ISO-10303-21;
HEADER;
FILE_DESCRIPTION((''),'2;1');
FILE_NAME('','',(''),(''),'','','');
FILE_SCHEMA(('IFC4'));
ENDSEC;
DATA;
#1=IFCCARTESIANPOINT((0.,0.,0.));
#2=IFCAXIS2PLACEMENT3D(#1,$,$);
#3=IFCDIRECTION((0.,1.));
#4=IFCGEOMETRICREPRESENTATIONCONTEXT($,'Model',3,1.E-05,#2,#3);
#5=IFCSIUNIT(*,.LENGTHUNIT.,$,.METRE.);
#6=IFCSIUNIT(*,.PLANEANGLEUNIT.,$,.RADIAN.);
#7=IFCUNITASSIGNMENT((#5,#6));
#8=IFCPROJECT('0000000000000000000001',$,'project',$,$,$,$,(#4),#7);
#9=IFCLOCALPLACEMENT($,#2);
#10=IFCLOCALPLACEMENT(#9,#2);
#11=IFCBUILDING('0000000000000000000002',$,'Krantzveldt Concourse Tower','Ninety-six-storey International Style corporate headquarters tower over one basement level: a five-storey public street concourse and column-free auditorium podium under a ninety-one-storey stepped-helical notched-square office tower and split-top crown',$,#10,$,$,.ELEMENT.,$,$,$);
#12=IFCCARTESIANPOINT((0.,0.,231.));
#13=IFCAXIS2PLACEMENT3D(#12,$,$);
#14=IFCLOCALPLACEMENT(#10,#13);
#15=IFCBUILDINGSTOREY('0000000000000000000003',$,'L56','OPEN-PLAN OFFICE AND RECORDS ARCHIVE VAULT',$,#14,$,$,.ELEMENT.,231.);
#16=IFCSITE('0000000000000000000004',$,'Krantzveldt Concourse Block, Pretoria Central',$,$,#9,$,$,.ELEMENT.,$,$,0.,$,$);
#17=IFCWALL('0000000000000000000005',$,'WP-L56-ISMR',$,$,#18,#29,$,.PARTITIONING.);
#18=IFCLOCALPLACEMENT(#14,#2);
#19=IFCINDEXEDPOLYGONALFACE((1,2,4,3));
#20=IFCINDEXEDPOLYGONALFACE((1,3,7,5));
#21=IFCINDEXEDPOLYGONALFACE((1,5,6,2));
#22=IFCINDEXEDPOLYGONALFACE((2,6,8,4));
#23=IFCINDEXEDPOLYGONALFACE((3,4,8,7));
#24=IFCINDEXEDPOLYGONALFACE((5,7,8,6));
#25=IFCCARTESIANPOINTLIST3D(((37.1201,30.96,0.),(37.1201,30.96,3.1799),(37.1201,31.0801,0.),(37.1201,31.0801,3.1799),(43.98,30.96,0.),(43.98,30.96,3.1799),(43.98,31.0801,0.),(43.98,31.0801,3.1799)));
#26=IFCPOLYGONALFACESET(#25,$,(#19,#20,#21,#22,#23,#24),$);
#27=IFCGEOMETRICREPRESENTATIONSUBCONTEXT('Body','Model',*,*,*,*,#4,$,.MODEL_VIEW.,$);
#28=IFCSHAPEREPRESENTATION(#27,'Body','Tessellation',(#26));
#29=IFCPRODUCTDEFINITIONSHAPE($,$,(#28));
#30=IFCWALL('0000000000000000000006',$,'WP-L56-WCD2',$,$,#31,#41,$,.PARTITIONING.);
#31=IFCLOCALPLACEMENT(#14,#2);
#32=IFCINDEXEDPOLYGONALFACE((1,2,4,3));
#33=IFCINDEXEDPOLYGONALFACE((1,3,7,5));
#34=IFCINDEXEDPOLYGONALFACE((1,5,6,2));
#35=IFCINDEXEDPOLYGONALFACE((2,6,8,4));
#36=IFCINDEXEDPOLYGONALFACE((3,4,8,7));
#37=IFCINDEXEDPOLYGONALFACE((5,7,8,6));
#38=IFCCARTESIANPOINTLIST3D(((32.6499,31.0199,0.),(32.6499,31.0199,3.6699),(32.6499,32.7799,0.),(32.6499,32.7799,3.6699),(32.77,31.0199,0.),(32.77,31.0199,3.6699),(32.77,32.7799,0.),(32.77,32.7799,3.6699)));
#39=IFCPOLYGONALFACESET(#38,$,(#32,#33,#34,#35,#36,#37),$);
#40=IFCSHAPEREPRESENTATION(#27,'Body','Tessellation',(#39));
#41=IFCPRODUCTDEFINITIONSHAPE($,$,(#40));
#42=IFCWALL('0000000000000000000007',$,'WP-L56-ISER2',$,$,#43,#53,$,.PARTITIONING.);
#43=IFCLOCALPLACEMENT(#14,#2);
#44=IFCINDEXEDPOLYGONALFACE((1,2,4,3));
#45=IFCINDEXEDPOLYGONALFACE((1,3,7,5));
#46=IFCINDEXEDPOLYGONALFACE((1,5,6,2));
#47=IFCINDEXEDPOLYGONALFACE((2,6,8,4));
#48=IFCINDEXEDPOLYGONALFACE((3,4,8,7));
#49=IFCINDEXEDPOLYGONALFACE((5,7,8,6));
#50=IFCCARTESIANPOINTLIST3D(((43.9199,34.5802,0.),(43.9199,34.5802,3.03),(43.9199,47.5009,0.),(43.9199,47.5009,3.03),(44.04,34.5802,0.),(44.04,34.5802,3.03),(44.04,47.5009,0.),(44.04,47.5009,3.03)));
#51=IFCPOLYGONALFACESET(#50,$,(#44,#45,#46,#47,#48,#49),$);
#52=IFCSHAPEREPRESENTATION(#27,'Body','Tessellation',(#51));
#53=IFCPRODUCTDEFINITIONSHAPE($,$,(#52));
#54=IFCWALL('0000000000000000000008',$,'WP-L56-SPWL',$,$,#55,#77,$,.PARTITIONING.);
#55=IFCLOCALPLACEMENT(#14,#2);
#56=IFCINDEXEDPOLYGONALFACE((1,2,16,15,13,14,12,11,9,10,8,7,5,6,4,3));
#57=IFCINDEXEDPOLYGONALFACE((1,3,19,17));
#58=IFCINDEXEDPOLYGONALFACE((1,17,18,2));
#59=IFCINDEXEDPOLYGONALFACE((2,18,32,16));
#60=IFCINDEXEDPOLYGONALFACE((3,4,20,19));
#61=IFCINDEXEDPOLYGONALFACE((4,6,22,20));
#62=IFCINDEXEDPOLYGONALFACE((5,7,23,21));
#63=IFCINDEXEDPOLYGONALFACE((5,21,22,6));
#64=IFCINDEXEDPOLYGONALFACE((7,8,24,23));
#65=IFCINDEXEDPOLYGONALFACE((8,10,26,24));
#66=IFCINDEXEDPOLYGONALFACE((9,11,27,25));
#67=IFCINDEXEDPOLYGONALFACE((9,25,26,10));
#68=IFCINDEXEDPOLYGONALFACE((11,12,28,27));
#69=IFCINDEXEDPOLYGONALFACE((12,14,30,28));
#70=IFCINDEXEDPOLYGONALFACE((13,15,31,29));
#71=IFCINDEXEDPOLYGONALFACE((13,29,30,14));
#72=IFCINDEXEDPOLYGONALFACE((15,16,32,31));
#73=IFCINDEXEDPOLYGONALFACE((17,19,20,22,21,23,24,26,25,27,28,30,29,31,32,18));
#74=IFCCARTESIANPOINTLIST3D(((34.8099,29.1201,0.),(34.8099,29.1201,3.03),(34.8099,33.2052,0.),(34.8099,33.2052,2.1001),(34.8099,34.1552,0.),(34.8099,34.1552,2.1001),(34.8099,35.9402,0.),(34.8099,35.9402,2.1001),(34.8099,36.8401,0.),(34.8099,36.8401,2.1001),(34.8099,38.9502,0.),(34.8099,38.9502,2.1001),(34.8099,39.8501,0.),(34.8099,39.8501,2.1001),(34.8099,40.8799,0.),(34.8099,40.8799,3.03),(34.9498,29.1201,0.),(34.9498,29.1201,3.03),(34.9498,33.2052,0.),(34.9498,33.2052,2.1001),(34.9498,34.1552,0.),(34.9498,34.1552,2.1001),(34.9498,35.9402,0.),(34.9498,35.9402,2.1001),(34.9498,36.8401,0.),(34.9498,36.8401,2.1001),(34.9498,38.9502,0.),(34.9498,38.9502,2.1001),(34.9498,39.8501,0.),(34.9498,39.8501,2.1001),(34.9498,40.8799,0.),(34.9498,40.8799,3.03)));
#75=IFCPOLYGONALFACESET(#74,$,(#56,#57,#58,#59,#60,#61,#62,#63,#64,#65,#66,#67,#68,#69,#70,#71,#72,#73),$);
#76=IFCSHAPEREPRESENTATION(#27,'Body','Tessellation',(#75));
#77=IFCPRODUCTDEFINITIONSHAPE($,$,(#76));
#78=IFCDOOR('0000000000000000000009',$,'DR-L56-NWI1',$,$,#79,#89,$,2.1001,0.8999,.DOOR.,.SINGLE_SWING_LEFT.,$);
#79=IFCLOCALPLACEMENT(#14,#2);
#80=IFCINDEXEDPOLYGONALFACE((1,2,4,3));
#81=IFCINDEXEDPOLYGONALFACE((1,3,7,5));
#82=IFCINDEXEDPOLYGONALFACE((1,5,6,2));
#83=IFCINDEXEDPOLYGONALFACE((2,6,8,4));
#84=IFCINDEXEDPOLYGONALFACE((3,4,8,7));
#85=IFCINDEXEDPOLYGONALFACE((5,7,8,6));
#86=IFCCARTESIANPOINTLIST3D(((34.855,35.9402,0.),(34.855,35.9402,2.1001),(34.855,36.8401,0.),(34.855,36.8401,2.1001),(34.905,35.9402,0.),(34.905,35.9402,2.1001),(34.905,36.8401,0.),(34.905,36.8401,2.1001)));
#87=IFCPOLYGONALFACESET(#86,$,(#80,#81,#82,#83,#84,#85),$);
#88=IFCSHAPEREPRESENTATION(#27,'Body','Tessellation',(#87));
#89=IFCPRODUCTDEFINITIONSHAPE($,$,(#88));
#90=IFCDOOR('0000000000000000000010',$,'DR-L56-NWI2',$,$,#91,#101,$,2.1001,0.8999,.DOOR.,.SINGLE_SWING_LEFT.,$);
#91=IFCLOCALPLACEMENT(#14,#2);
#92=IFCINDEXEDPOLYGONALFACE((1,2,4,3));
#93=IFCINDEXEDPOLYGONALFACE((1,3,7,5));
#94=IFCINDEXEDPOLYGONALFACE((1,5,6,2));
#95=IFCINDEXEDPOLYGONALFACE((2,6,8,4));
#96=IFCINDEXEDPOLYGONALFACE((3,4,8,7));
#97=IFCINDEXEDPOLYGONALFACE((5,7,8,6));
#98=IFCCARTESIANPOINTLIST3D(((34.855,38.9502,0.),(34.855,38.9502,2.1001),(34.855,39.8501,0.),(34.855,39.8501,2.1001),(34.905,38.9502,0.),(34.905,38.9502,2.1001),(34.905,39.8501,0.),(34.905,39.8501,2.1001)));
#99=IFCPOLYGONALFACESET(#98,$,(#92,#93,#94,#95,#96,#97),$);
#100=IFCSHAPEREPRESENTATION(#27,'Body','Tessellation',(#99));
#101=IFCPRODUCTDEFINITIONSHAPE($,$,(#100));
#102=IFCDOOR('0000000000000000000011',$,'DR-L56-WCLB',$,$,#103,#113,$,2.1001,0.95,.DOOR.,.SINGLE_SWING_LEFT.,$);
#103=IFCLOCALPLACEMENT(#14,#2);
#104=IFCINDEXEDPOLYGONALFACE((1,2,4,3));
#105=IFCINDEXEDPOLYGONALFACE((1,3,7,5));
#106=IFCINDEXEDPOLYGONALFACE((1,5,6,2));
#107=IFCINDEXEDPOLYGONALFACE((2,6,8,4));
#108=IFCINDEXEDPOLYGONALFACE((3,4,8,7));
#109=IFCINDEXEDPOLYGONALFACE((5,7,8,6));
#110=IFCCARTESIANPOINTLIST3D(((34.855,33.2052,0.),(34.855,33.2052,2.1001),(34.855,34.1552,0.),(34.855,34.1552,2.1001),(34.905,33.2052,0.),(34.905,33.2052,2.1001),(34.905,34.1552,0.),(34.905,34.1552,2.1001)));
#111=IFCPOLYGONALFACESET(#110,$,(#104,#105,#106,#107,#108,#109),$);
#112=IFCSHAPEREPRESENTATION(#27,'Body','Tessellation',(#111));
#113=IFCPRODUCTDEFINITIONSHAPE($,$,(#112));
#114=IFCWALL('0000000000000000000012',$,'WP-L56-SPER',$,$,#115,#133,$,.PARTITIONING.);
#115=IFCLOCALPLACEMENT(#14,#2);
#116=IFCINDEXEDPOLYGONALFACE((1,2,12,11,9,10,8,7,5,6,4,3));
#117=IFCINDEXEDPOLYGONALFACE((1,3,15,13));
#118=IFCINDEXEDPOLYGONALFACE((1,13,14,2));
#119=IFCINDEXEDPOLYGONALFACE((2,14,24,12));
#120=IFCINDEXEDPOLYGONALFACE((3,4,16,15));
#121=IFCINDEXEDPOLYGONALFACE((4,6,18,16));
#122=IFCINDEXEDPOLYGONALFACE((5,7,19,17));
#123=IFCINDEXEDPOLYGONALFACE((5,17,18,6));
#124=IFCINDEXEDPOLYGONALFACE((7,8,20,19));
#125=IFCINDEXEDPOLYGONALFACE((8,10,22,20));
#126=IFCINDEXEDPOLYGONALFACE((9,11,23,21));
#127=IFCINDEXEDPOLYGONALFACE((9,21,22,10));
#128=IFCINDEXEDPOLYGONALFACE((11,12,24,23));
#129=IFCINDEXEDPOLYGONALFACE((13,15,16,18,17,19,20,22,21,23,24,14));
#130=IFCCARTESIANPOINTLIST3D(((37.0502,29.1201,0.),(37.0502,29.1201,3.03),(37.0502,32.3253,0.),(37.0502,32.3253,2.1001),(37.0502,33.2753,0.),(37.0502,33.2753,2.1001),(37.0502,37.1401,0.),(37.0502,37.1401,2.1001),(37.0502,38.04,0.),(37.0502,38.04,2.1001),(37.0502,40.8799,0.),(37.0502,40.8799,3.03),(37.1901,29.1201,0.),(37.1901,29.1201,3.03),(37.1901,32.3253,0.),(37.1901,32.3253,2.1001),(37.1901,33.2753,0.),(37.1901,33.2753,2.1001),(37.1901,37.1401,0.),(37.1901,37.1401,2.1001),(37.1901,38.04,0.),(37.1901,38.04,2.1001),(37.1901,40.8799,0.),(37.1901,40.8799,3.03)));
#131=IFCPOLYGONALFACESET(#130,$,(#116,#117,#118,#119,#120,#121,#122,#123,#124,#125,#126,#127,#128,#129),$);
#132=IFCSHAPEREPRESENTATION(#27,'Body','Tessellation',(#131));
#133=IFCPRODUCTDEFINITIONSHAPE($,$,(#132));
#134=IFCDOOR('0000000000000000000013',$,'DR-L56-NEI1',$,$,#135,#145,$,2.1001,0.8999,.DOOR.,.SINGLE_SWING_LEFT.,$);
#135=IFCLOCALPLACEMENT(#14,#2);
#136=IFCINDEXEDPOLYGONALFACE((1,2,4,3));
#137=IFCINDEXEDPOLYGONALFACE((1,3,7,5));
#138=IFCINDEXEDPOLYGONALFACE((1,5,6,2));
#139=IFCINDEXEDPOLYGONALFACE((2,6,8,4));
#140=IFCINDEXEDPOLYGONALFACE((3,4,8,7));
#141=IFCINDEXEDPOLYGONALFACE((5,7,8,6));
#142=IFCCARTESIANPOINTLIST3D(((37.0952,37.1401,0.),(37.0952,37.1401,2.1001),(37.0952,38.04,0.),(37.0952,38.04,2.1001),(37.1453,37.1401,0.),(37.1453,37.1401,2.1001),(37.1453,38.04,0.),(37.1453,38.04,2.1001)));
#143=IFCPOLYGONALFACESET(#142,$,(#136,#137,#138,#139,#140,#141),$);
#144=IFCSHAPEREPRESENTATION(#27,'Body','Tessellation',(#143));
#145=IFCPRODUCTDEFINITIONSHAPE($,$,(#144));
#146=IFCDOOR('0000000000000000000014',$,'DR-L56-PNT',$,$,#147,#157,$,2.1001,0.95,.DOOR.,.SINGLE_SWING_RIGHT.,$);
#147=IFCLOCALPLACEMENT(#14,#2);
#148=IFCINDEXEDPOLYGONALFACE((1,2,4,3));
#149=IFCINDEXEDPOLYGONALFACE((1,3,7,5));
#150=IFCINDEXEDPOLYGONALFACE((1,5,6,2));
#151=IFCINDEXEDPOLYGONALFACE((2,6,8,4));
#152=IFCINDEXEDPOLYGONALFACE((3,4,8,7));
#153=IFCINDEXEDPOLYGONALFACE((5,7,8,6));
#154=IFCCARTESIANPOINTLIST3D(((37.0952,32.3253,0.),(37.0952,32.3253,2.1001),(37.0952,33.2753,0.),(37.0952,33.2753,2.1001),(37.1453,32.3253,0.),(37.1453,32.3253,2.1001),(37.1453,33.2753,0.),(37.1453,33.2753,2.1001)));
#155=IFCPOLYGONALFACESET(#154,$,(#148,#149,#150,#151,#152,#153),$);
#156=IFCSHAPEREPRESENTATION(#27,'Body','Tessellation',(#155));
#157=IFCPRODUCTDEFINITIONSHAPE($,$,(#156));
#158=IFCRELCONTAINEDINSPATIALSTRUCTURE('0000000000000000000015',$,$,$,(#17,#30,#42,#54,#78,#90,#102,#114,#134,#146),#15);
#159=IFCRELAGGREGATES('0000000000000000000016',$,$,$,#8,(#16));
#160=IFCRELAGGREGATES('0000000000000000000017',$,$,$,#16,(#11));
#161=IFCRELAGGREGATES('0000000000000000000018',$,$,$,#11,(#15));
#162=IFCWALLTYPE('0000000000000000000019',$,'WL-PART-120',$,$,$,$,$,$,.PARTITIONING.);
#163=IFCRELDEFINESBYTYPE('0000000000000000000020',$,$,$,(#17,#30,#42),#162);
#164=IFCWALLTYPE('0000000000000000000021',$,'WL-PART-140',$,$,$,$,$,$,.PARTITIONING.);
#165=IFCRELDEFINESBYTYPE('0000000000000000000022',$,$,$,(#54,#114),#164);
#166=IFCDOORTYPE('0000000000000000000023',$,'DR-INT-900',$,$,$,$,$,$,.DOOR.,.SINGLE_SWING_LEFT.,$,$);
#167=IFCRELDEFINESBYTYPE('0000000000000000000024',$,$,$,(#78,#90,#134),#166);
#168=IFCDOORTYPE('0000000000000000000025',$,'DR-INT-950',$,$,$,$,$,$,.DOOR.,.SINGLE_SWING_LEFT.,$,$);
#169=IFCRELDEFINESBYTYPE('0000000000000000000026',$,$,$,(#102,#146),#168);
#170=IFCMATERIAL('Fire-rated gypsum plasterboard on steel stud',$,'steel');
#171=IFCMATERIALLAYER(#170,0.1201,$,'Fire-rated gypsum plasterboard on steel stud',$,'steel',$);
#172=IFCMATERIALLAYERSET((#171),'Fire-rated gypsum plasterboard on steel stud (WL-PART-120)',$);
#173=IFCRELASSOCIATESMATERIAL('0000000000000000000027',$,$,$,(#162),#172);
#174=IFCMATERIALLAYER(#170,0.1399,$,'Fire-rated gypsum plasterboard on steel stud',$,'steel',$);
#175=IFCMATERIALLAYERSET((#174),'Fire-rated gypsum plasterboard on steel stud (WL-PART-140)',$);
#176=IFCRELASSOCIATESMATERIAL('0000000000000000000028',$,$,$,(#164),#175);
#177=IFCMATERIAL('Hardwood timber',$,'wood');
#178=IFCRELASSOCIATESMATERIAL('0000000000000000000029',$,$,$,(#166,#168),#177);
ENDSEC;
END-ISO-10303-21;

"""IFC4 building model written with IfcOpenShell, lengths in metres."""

from ifc_helpers import new_model, si_unit, direction, frame, frame_2d, origin, place, context, subcontext, project, spatial, rectangle, extrude, material, layer, layer_set, type_object, element, fill, save


model = new_model("IFC4")

# Units and contexts
model_context = context("Model", 3, precision=1e-05, world=origin(), true_north=direction((0.0, 1.0)))
body_context = subcontext(model_context, "Body", "Model", "MODEL_VIEW")
ifc_project = project(units=[si_unit("LENGTHUNIT", "METRE"), si_unit("PLANEANGLEUNIT", "RADIAN")], contexts=[model_context])

# Site, building, storey
site_placement = place(None, origin())
site = spatial("IfcSite", under=ifc_project, at=site_placement, Name="Krantzveldt Concourse Block, Pretoria Central", CompositionType="ELEMENT", RefElevation=0.0)
building_placement = place(site_placement, origin())
building = spatial("IfcBuilding", under=site, at=building_placement, Name="Krantzveldt Concourse Tower", Description="Ninety-six-storey International Style corporate headquarters tower over one basement level: a five-storey public street concourse and column-free auditorium podium under a ninety-one-storey stepped-helical notched-square office tower and split-top crown", CompositionType="ELEMENT")
storey_placement = place(building_placement, frame((0.0, 0.0, 231.0)))
storey = spatial("IfcBuildingStorey", under=building, at=storey_placement, Name="L56", Description="OPEN-PLAN OFFICE AND RECORDS ARCHIVE VAULT", CompositionType="ELEMENT", Elevation=231.0)

# Walls
ifc_material_1 = material(Name="Fire-rated gypsum plasterboard on steel stud", Category="steel")
ifc_layer_1 = layer(ifc_material_1, 0.1201, Name="Fire-rated gypsum plasterboard on steel stud", Category="steel")
ifc_layer_set_1 = layer_set([ifc_layer_1], Name="Fire-rated gypsum plasterboard on steel stud (WL-PART-120)")
wall_type_1 = type_object("IfcWallType", Name="WL-PART-120", PredefinedType="PARTITIONING", material=ifc_layer_set_1)
wall_1_placement = place(storey_placement, frame((37.1201, 31.02, 0.0), z_axis=(0.0, 0.0, 1.0), x_axis=(1.0, 0.0, 0.0)))
element("IfcWall", 1, at=wall_1_placement, inside=storey, type_object=wall_type_1, Name="WP-L56-ISMR", PredefinedType="PARTITIONING", context=body_context, shape_type="SweptSolid", body=[
    extrude(rectangle(XDim=6.8599, YDim=0.1201, at=frame_2d((3.4299, 0.0))), origin(), (0.0, 0.0, 1.0), 3.1799),
])
wall_2_placement = place(storey_placement, frame((32.71, 31.02, 0.0), z_axis=(0.0, 0.0, 1.0), x_axis=(0.0, 1.0, 0.0)))
element("IfcWall", 2, at=wall_2_placement, inside=storey, type_object=wall_type_1, Name="WP-L56-WCD2", PredefinedType="PARTITIONING", context=body_context, shape_type="SweptSolid", body=[
    extrude(rectangle(XDim=1.76, YDim=0.1201, at=frame_2d((0.8799, 0.0))), origin(), (0.0, 0.0, 1.0), 3.6699),
])
wall_3_placement = place(storey_placement, frame((43.98, 34.5801, 0.0), z_axis=(0.0, 0.0, 1.0), x_axis=(0.0, 1.0, 0.0)))
element("IfcWall", 3, at=wall_3_placement, inside=storey, type_object=wall_type_1, Name="WP-L56-ISER2", PredefinedType="PARTITIONING", context=body_context, shape_type="SweptSolid", body=[
    extrude(rectangle(XDim=12.9207, YDim=0.1201, at=frame_2d((6.4604, 0.0))), origin(), (0.0, 0.0, 1.0), 3.03),
])

# Walls, openings, doors
ifc_layer_2 = layer(ifc_material_1, 0.1399, Name="Fire-rated gypsum plasterboard on steel stud", Category="steel")
ifc_layer_set_2 = layer_set([ifc_layer_2], Name="Fire-rated gypsum plasterboard on steel stud (WL-PART-140)")
wall_type_2 = type_object("IfcWallType", Name="WL-PART-140", PredefinedType="PARTITIONING", material=ifc_layer_set_2)
wall_4_placement = place(storey_placement, frame((34.8799, 29.1201, 0.0), z_axis=(0.0, 0.0, 1.0), x_axis=(0.0, 1.0, 0.0)))
wall_4 = element("IfcWall", 4, at=wall_4_placement, inside=storey, type_object=wall_type_2, Name="WP-L56-SPWL", PredefinedType="PARTITIONING", context=body_context, shape_type="SweptSolid", body=[
    extrude(rectangle(XDim=11.7598, YDim=0.1399, at=frame_2d((5.8799, 0.0))), origin(), (0.0, 0.0, 1.0), 3.03),
])
opening_1_placement = place(wall_4_placement, frame((4.085, 0.0, 0.0)))
opening_1 = element("IfcOpeningElement", 5, at=opening_1_placement, cuts=wall_4, PredefinedType="OPENING", context=body_context, shape_type="SweptSolid", body=[
    extrude(rectangle(XDim=0.95, YDim=2.1001, at=frame_2d((0.4751, 1.05))), frame((0.0, 0.0801, 0.0), z_axis=(0.0, -1.0, 0.0), x_axis=(1.0, 0.0, 0.0)), (0.0, 0.0, 1.0), 0.1599),
])
opening_2_placement = place(wall_4_placement, frame((6.8201, 0.0, 0.0)))
opening_2 = element("IfcOpeningElement", 6, at=opening_2_placement, cuts=wall_4, PredefinedType="OPENING", context=body_context, shape_type="SweptSolid", body=[
    extrude(rectangle(XDim=0.8999, YDim=2.1001, at=frame_2d((0.45, 1.05))), frame((0.0, 0.0801, 0.0), z_axis=(0.0, -1.0, 0.0), x_axis=(1.0, 0.0, 0.0)), (0.0, 0.0, 1.0), 0.1599),
])
opening_3_placement = place(wall_4_placement, frame((9.8301, 0.0, 0.0)))
opening_3 = element("IfcOpeningElement", 7, at=opening_3_placement, cuts=wall_4, PredefinedType="OPENING", context=body_context, shape_type="SweptSolid", body=[
    extrude(rectangle(XDim=0.8999, YDim=2.1001, at=frame_2d((0.45, 1.05))), frame((0.0, 0.0801, 0.0), z_axis=(0.0, -1.0, 0.0), x_axis=(1.0, 0.0, 0.0)), (0.0, 0.0, 1.0), 0.1599),
])
ifc_material_2 = material(Name="Hardwood timber", Category="wood")
door_type_1 = type_object("IfcDoorType", Name="DR-INT-900", OperationType="SINGLE_SWING_LEFT", PredefinedType="DOOR", material=ifc_material_2)
door_1_placement = place(opening_2_placement, origin())
door_1 = element("IfcDoor", 8, at=door_1_placement, inside=storey, type_object=door_type_1, Name="DR-L56-NWI1", OperationType="SINGLE_SWING_LEFT", OverallHeight=2.1001, OverallWidth=0.8999, PredefinedType="DOOR", context=body_context, shape_type="SweptSolid", body=[
    extrude(rectangle(XDim=0.8999, YDim=2.1001, at=frame_2d((0.45, 1.05))), frame((0.0, 0.0249, 0.0), z_axis=(0.0, -1.0, 0.0), x_axis=(1.0, 0.0, 0.0)), (0.0, 0.0, 1.0), 0.05),
])
fill(opening_2, door_1)
door_2_placement = place(opening_3_placement, origin())
door_2 = element("IfcDoor", 9, at=door_2_placement, inside=storey, type_object=door_type_1, Name="DR-L56-NWI2", OperationType="SINGLE_SWING_LEFT", OverallHeight=2.1001, OverallWidth=0.8999, PredefinedType="DOOR", context=body_context, shape_type="SweptSolid", body=[
    extrude(rectangle(XDim=0.8999, YDim=2.1001, at=frame_2d((0.45, 1.05))), frame((0.0, 0.0249, 0.0), z_axis=(0.0, -1.0, 0.0), x_axis=(1.0, 0.0, 0.0)), (0.0, 0.0, 1.0), 0.05),
])
fill(opening_3, door_2)
door_type_2 = type_object("IfcDoorType", Name="DR-INT-950", OperationType="SINGLE_SWING_LEFT", PredefinedType="DOOR", material=ifc_material_2)
door_3_placement = place(opening_1_placement, origin())
door_3 = element("IfcDoor", 10, at=door_3_placement, inside=storey, type_object=door_type_2, Name="DR-L56-WCLB", OperationType="SINGLE_SWING_LEFT", OverallHeight=2.1001, OverallWidth=0.95, PredefinedType="DOOR", context=body_context, shape_type="SweptSolid", body=[
    extrude(rectangle(XDim=0.95, YDim=2.1001, at=frame_2d((0.4751, 1.05))), frame((0.0, 0.0249, 0.0), z_axis=(0.0, -1.0, 0.0), x_axis=(1.0, 0.0, 0.0)), (0.0, 0.0, 1.0), 0.05),
])
fill(opening_1, door_3)
wall_5_placement = place(storey_placement, frame((37.1201, 29.1201, 0.0), z_axis=(0.0, 0.0, 1.0), x_axis=(0.0, 1.0, 0.0)))
wall_5 = element("IfcWall", 11, at=wall_5_placement, inside=storey, type_object=wall_type_2, Name="WP-L56-SPER", PredefinedType="PARTITIONING", context=body_context, shape_type="SweptSolid", body=[
    extrude(rectangle(XDim=11.7598, YDim=0.1399, at=frame_2d((5.8799, 0.0))), origin(), (0.0, 0.0, 1.0), 3.03),
])
opening_4_placement = place(wall_5_placement, frame((3.2051, 0.0, 0.0)))
opening_4 = element("IfcOpeningElement", 12, at=opening_4_placement, cuts=wall_5, PredefinedType="OPENING", context=body_context, shape_type="SweptSolid", body=[
    extrude(rectangle(XDim=0.95, YDim=2.1001, at=frame_2d((0.4751, 1.05))), frame((0.0, 0.0801, 0.0), z_axis=(0.0, -1.0, 0.0), x_axis=(1.0, 0.0, 0.0)), (0.0, 0.0, 1.0), 0.1599),
])
opening_5_placement = place(wall_5_placement, frame((8.02, 0.0, 0.0)))
opening_5 = element("IfcOpeningElement", 13, at=opening_5_placement, cuts=wall_5, PredefinedType="OPENING", context=body_context, shape_type="SweptSolid", body=[
    extrude(rectangle(XDim=0.8999, YDim=2.1001, at=frame_2d((0.45, 1.05))), frame((0.0, 0.0801, 0.0), z_axis=(0.0, -1.0, 0.0), x_axis=(1.0, 0.0, 0.0)), (0.0, 0.0, 1.0), 0.1599),
])
door_4_placement = place(opening_5_placement, origin())
door_4 = element("IfcDoor", 14, at=door_4_placement, inside=storey, type_object=door_type_1, Name="DR-L56-NEI1", OperationType="SINGLE_SWING_LEFT", OverallHeight=2.1001, OverallWidth=0.8999, PredefinedType="DOOR", context=body_context, shape_type="SweptSolid", body=[
    extrude(rectangle(XDim=0.8999, YDim=2.1001, at=frame_2d((0.45, 1.05))), frame((0.0, 0.0249, 0.0), z_axis=(0.0, -1.0, 0.0), x_axis=(1.0, 0.0, 0.0)), (0.0, 0.0, 1.0), 0.05),
])
fill(opening_5, door_4)
door_5_placement = place(opening_4_placement, origin())
door_5 = element("IfcDoor", 15, at=door_5_placement, inside=storey, type_object=door_type_2, Name="DR-L56-PNT", OperationType="SINGLE_SWING_RIGHT", OverallHeight=2.1001, OverallWidth=0.95, PredefinedType="DOOR", context=body_context, shape_type="SweptSolid", body=[
    extrude(rectangle(XDim=0.95, YDim=2.1001, at=frame_2d((0.4751, 1.05))), frame((0.0, 0.0249, 0.0), z_axis=(0.0, -1.0, 0.0), x_axis=(1.0, 0.0, 0.0)), (0.0, 0.0, 1.0), 0.05),
])
fill(opening_4, door_5)

save(model, "model.ifc")
